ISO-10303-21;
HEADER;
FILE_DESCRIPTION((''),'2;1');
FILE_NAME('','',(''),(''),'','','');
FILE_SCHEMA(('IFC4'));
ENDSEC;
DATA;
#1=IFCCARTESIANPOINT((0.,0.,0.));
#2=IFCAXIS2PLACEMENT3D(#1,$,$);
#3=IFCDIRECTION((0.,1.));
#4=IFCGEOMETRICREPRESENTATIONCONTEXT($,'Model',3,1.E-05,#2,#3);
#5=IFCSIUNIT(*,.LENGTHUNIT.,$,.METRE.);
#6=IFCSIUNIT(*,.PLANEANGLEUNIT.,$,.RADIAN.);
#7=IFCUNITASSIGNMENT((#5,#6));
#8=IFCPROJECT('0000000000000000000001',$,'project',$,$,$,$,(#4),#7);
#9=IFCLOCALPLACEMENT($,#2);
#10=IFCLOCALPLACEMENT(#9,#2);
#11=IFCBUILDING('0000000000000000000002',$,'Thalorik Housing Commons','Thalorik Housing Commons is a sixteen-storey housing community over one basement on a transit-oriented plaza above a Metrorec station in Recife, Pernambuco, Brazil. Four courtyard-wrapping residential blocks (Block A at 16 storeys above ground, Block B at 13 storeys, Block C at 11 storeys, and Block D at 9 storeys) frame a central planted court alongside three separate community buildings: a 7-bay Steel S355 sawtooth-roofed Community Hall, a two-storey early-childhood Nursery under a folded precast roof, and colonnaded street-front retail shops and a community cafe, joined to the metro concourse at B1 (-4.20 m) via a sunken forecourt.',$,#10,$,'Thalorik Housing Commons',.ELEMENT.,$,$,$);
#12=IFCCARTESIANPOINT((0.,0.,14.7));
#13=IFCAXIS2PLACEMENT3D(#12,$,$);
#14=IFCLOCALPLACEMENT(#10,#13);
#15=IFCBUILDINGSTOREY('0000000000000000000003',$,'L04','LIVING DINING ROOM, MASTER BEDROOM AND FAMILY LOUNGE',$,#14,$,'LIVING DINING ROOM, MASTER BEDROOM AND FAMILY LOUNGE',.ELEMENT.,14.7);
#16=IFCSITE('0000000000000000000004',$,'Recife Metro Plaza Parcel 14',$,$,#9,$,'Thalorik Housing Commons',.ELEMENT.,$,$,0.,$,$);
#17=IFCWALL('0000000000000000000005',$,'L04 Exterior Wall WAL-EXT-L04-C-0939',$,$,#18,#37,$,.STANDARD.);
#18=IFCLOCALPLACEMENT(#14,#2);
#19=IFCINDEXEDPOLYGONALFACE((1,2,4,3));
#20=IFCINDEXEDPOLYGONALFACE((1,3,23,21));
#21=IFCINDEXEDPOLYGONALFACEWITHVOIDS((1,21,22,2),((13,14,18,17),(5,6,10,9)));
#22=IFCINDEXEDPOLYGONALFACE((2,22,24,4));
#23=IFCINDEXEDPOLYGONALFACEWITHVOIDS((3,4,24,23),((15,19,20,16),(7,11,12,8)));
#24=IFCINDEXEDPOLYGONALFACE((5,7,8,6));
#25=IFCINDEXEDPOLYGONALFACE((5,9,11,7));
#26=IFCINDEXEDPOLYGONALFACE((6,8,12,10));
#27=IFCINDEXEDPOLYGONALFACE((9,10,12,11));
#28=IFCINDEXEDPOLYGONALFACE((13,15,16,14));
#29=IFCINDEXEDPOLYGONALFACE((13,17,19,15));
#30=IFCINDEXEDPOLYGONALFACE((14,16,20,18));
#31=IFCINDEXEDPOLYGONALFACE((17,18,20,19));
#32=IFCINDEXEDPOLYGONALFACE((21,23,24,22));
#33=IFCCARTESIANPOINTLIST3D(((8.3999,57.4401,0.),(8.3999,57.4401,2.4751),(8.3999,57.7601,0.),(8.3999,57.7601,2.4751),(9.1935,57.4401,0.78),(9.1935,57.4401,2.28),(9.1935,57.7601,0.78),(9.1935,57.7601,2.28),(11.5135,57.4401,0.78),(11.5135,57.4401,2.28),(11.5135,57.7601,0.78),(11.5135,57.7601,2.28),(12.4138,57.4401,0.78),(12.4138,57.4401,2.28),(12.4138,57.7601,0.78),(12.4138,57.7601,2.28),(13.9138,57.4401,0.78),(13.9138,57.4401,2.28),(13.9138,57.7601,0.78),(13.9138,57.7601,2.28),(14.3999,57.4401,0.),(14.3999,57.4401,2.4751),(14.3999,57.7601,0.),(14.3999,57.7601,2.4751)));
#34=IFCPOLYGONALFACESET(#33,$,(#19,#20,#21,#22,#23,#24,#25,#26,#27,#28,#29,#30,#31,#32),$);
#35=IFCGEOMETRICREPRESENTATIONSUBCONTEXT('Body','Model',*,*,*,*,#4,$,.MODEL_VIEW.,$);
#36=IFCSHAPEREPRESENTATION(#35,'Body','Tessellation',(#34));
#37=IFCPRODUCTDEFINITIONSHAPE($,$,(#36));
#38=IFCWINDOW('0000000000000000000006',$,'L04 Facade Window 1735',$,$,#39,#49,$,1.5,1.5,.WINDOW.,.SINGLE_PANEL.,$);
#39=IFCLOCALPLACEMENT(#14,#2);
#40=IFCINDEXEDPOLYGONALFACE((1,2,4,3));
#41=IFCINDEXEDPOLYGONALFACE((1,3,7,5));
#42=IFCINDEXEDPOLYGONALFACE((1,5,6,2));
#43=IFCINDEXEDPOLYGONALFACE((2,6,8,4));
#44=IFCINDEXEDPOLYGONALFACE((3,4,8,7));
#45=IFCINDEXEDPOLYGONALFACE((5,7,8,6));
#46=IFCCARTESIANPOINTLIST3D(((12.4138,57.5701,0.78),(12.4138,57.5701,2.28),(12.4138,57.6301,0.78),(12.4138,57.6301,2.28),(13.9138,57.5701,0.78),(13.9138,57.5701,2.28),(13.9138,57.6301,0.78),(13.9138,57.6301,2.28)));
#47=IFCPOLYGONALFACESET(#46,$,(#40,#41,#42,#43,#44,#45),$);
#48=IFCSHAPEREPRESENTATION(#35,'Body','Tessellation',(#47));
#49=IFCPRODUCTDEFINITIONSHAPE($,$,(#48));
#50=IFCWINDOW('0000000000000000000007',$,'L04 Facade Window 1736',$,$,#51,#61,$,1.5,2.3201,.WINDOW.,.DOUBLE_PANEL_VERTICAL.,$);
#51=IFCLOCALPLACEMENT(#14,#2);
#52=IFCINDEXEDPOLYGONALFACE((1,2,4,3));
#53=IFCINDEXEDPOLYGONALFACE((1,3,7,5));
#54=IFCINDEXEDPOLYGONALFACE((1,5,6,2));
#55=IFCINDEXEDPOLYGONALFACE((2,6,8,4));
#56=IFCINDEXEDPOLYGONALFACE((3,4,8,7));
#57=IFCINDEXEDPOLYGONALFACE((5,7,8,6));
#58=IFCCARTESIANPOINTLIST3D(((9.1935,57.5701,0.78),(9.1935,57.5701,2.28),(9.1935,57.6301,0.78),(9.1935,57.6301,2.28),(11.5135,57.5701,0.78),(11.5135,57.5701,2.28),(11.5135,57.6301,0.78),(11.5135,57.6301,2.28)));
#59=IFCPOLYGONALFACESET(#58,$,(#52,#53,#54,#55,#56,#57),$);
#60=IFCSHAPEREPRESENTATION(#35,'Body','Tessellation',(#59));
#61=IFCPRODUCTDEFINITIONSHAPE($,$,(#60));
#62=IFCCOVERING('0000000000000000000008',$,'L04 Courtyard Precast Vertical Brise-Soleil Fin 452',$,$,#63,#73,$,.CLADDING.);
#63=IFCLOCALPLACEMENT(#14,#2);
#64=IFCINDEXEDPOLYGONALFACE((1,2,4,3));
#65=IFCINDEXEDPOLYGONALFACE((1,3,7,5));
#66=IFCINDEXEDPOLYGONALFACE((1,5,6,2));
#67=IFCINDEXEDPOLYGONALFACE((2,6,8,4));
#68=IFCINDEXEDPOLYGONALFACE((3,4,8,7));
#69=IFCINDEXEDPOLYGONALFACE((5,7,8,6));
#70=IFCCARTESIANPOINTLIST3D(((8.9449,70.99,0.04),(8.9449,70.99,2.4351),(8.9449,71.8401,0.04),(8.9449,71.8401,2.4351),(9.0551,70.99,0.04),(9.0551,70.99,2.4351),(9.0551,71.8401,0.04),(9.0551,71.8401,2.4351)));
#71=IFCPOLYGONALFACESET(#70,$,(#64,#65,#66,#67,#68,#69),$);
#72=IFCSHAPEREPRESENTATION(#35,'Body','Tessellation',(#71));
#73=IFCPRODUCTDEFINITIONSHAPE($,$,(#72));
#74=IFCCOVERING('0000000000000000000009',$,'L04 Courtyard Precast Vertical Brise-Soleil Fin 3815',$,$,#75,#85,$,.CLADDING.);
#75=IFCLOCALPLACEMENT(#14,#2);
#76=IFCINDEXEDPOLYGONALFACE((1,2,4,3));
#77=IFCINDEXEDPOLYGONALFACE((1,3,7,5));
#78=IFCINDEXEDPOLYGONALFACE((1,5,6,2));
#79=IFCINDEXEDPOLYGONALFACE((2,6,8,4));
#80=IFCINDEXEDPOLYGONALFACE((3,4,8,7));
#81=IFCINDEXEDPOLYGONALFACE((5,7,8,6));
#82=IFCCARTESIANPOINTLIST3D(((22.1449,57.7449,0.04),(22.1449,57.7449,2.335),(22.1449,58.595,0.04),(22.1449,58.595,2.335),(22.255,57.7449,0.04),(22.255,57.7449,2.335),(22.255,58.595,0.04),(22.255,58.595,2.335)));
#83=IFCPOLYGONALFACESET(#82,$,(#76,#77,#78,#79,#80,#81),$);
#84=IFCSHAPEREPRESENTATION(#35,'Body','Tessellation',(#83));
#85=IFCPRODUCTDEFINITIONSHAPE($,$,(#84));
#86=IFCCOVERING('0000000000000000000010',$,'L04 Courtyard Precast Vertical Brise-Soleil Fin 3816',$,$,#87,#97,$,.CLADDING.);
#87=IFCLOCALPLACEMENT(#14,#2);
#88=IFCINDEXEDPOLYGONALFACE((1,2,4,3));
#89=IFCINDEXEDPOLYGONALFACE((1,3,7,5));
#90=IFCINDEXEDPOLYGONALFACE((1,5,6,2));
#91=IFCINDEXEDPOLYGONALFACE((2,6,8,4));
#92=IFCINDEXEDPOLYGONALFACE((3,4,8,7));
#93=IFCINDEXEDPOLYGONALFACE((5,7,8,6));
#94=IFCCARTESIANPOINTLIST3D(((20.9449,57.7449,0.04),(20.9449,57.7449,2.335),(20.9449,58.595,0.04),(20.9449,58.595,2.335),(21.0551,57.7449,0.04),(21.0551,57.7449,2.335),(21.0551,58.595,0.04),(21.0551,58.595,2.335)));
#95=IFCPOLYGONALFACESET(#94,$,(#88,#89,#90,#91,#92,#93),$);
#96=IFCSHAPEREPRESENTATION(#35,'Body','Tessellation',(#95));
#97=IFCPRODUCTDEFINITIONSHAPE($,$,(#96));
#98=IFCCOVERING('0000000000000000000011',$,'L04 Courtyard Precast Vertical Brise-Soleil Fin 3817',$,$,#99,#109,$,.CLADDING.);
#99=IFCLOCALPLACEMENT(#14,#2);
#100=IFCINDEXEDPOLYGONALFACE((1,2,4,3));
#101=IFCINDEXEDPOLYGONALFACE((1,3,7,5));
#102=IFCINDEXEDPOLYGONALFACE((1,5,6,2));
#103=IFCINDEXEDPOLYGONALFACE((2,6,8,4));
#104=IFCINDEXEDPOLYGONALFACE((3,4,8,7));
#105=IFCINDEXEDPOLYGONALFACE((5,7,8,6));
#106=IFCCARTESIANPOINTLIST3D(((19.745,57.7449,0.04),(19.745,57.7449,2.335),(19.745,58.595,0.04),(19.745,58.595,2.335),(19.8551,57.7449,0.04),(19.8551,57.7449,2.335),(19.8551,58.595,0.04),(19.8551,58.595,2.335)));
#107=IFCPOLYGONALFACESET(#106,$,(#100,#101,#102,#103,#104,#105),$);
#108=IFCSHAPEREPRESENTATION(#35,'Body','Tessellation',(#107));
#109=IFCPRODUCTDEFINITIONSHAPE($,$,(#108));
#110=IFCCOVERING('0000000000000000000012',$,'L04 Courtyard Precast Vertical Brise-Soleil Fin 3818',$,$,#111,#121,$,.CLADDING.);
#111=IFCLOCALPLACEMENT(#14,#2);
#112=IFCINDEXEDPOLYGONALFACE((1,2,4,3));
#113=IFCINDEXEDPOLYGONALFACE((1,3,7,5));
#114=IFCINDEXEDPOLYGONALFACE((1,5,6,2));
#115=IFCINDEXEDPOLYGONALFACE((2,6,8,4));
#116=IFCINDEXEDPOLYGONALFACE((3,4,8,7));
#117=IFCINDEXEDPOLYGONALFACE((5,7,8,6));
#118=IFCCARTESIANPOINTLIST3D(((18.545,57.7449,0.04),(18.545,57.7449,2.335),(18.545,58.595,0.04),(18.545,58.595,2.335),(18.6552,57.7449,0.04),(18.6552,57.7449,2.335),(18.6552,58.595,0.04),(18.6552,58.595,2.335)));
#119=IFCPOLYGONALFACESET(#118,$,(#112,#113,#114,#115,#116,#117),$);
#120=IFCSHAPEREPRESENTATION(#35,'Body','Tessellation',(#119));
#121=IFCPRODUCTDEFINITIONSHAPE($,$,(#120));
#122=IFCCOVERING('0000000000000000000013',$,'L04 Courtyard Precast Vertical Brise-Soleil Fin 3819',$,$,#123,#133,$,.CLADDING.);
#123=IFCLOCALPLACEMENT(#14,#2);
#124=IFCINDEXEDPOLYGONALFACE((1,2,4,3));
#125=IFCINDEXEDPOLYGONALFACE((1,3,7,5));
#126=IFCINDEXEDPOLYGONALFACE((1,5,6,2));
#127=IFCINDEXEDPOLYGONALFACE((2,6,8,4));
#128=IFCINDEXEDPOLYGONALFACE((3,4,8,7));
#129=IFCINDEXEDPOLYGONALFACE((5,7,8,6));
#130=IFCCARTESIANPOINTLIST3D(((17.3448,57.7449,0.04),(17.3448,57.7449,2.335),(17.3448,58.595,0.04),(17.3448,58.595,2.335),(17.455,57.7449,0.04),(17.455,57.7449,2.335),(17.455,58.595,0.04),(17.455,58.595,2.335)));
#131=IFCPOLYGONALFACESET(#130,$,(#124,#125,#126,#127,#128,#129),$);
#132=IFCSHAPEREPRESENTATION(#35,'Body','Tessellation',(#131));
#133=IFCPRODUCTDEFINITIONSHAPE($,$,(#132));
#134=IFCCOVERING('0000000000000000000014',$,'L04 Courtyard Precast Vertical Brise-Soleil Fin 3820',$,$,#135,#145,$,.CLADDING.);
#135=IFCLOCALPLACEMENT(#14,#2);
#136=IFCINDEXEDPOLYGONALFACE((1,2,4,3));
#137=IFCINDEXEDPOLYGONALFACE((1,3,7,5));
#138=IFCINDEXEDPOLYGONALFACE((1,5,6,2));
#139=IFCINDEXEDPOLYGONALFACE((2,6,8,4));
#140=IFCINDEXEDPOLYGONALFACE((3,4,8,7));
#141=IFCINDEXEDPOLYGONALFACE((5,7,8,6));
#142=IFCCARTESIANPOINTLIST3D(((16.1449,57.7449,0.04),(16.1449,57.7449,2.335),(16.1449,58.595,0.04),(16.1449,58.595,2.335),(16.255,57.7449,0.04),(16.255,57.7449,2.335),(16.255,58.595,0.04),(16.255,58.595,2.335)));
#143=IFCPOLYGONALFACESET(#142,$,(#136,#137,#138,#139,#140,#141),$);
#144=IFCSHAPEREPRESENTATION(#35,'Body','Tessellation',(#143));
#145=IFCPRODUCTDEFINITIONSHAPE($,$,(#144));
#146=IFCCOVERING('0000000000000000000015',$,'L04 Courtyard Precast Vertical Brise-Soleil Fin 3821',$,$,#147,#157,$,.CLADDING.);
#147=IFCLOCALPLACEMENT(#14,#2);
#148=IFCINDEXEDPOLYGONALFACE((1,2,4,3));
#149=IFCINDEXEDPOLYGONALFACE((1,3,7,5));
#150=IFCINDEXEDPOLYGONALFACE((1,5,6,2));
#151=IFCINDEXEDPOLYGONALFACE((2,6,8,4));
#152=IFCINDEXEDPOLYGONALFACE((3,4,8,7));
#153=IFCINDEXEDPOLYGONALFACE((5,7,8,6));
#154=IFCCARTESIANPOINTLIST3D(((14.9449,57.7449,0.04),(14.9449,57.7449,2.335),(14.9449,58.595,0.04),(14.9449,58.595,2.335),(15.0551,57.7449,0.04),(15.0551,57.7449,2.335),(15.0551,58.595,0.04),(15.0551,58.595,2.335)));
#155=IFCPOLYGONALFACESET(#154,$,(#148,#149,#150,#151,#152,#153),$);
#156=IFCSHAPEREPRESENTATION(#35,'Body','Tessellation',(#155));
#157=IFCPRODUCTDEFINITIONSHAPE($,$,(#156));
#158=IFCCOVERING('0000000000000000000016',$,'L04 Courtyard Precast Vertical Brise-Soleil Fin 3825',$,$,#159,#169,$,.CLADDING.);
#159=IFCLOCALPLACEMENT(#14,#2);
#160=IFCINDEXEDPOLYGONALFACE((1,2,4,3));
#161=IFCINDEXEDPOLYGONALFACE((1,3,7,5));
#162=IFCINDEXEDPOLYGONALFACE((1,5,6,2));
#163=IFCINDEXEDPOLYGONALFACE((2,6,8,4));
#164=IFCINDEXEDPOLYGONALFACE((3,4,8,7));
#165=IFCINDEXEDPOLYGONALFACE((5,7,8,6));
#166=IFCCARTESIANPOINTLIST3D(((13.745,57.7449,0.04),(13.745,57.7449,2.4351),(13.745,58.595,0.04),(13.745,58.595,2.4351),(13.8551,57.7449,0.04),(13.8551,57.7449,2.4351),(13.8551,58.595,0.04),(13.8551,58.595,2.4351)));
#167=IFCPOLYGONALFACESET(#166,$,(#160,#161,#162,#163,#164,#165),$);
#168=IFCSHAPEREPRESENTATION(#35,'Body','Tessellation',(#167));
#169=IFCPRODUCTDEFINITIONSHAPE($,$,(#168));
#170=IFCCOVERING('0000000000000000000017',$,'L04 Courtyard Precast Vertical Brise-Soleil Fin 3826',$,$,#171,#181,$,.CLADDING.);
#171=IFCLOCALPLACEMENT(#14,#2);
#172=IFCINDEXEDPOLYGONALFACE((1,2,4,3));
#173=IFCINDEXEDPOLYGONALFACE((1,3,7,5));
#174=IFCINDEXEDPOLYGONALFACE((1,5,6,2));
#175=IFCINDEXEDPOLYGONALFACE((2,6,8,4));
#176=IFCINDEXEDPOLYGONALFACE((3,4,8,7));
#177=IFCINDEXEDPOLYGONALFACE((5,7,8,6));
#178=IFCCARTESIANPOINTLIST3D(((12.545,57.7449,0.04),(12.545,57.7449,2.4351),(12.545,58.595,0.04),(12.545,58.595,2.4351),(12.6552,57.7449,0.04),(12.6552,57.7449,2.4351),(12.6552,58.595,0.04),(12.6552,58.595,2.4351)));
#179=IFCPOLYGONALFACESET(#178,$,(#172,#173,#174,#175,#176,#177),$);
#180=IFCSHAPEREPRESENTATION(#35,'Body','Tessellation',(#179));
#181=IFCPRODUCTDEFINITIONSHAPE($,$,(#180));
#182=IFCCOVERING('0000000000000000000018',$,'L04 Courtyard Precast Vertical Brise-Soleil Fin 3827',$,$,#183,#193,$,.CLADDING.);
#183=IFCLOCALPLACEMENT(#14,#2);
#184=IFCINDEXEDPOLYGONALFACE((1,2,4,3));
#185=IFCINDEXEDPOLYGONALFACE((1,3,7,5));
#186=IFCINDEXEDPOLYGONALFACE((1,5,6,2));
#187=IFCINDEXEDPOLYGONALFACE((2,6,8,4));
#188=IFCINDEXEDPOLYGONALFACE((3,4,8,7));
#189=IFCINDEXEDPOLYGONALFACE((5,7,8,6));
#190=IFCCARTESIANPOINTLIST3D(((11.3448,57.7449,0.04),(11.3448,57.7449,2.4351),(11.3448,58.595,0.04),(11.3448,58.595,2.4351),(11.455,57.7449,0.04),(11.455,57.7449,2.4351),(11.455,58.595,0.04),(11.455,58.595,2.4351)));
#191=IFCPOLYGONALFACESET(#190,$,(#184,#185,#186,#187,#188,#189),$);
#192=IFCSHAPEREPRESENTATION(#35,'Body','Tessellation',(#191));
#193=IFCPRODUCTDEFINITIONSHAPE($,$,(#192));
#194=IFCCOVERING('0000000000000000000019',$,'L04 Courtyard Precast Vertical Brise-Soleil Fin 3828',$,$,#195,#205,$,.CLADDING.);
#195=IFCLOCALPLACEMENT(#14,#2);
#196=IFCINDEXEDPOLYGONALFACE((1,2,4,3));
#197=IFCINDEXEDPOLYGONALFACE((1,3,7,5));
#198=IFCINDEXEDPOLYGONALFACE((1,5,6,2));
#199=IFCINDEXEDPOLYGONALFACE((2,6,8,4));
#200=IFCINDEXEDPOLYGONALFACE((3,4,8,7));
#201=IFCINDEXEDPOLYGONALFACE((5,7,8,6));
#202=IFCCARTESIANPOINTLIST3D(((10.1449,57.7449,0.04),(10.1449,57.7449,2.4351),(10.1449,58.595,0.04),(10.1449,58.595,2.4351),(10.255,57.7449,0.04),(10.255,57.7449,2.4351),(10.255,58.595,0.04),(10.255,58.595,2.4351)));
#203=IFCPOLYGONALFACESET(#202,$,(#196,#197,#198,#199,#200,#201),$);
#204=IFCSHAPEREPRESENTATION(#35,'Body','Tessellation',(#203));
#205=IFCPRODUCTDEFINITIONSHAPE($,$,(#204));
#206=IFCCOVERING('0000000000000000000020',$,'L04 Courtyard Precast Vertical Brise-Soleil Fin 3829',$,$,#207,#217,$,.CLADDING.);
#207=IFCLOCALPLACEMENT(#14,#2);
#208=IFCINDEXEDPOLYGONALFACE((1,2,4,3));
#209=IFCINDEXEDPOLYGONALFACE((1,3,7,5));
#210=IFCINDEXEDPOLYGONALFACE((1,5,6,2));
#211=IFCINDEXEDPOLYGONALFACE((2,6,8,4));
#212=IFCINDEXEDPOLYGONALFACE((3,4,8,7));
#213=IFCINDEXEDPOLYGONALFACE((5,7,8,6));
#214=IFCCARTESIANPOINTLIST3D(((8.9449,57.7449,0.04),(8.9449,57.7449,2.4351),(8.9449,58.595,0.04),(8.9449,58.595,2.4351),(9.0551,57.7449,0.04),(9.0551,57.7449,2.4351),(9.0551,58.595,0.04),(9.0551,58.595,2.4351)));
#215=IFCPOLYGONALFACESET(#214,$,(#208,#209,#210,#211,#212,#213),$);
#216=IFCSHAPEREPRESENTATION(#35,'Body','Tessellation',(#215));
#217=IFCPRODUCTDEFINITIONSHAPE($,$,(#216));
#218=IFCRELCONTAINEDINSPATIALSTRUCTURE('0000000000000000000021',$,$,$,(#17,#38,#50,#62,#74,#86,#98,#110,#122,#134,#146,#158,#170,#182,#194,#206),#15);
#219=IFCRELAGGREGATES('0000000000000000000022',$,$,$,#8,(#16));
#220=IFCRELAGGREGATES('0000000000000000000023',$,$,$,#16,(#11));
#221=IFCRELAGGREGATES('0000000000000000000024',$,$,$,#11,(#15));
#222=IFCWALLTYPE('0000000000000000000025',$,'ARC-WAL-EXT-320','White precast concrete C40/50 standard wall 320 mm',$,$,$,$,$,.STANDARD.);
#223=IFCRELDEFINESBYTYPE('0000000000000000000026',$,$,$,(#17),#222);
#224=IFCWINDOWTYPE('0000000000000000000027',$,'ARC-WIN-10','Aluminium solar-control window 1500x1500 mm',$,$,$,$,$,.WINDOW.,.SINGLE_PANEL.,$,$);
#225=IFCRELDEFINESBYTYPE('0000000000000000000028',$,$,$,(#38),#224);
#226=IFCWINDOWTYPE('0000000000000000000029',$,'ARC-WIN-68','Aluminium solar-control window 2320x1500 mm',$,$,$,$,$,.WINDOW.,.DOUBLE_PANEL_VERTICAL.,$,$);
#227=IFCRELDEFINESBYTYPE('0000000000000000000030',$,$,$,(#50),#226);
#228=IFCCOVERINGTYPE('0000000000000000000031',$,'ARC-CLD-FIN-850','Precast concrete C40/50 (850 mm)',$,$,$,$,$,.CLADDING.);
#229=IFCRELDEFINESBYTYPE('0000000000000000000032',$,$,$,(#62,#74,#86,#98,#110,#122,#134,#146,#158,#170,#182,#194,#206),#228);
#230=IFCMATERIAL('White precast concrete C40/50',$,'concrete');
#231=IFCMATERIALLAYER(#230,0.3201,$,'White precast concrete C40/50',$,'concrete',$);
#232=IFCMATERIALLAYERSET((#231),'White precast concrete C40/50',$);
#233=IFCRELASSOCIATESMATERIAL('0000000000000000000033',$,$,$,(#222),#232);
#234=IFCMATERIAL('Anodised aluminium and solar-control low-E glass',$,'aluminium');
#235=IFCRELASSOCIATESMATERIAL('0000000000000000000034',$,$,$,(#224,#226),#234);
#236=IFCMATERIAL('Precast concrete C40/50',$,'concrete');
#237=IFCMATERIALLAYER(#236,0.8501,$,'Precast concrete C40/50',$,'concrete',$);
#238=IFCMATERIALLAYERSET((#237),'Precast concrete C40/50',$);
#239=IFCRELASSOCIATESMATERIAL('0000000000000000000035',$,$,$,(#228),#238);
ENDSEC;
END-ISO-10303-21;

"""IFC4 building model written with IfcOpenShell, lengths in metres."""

from ifc_helpers import new_model, si_unit, direction, frame, frame_2d, origin, origin_2d, place, context, subcontext, project, spatial, rectangle, extrude, material, layer, layer_set, type_object, element, fill, save


model = new_model("IFC4")

# Units and contexts
model_context = context("Model", 3, precision=1e-05, world=origin(), true_north=direction((0.0, 1.0)))
body_context = subcontext(model_context, "Body", "Model", "MODEL_VIEW")
ifc_project = project(units=[si_unit("LENGTHUNIT", "METRE"), si_unit("PLANEANGLEUNIT", "RADIAN")], contexts=[model_context])

# Site, building, storey
site_placement = place(None, origin())
site = spatial("IfcSite", under=ifc_project, at=site_placement, Name="Recife Metro Plaza Parcel 14", LongName="Thalorik Housing Commons", CompositionType="ELEMENT", RefElevation=0.0)
building_placement = place(site_placement, origin())
building = spatial("IfcBuilding", under=site, at=building_placement, Name="Thalorik Housing Commons", Description="Thalorik Housing Commons is a sixteen-storey housing community over one basement on a transit-oriented plaza above a Metrorec station in Recife, Pernambuco, Brazil. Four courtyard-wrapping residential blocks (Block A at 16 storeys above ground, Block B at 13 storeys, Block C at 11 storeys, and Block D at 9 storeys) frame a central planted court alongside three separate community buildings: a 7-bay Steel S355 sawtooth-roofed Community Hall, a two-storey early-childhood Nursery under a folded precast roof, and colonnaded street-front retail shops and a community cafe, joined to the metro concourse at B1 (-4.20 m) via a sunken forecourt.", LongName="Thalorik Housing Commons", CompositionType="ELEMENT")
storey_placement = place(building_placement, frame((0.0, 0.0, 14.7)))
storey = spatial("IfcBuildingStorey", under=building, at=storey_placement, Name="L04", Description="LIVING DINING ROOM, MASTER BEDROOM AND FAMILY LOUNGE", LongName="LIVING DINING ROOM, MASTER BEDROOM AND FAMILY LOUNGE", CompositionType="ELEMENT", Elevation=14.7)

# Shared definitions
ifc_material_1 = material(Name="Precast concrete C40/50", Category="concrete")

# Wall, openings, windows
ifc_material_2 = material(Name="White precast concrete C40/50", Category="concrete")
ifc_layer_1 = layer(ifc_material_2, 0.3201, Name="White precast concrete C40/50", Category="concrete")
ifc_layer_set_1 = layer_set([ifc_layer_1], Name="White precast concrete C40/50")
wall_type = type_object("IfcWallType", Name="ARC-WAL-EXT-320", Description="White precast concrete C40/50 standard wall 320 mm", PredefinedType="STANDARD", material=ifc_layer_set_1)
ifc_material_3 = material(Name="Anodised aluminium and solar-control low-E glass", Category="aluminium")
wall_1_placement = place(storey_placement, frame((14.3999, 57.6001, 0.0), z_axis=(0.0, 0.0, 1.0), x_axis=(-1.0, 0.0, 0.0)))
wall_1 = element("IfcWall", 1, at=wall_1_placement, inside=storey, type_object=wall_type, Name="L04 Exterior Wall WAL-EXT-L04-C-0939", PredefinedType="STANDARD", context=body_context, shape_type="SweptSolid", body=[
    extrude(rectangle(XDim=6.0, YDim=0.3201, at=frame_2d((3.0, 0.0))), origin(), (0.0, 0.0, 1.0), 2.4751),
])
opening_1_placement = place(wall_1_placement, frame((0.4861, 0.0, 0.78)))
opening_1 = element("IfcOpeningElement", 2, at=opening_1_placement, cuts=wall_1, PredefinedType="OPENING", context=body_context, shape_type="SweptSolid", body=[
    extrude(rectangle(XDim=1.5, YDim=1.5, at=frame_2d((0.75, 0.75))), frame((0.0, 0.1699, 0.0), z_axis=(0.0, -1.0, 0.0), x_axis=(1.0, 0.0, 0.0)), (0.0, 0.0, 1.0), 0.3401),
])
opening_2_placement = place(wall_1_placement, frame((2.8862, 0.0, 0.78)))
opening_2 = element("IfcOpeningElement", 3, at=opening_2_placement, cuts=wall_1, PredefinedType="OPENING", context=body_context, shape_type="SweptSolid", body=[
    extrude(rectangle(XDim=2.3201, YDim=1.5, at=frame_2d((1.1602, 0.75))), frame((0.0, 0.1699, 0.0), z_axis=(0.0, -1.0, 0.0), x_axis=(1.0, 0.0, 0.0)), (0.0, 0.0, 1.0), 0.3401),
])
window_type_1 = type_object("IfcWindowType", Name="ARC-WIN-10", Description="Aluminium solar-control window 1500x1500 mm", PartitioningType="SINGLE_PANEL", PredefinedType="WINDOW", material=ifc_material_3)
window_1_placement = place(opening_1_placement, origin())
window_1 = element("IfcWindow", 4, at=window_1_placement, inside=storey, type_object=window_type_1, Name="L04 Facade Window 1735", OverallHeight=1.5, OverallWidth=1.5, PartitioningType="SINGLE_PANEL", PredefinedType="WINDOW", context=body_context, shape_type="SweptSolid", body=[
    extrude(rectangle(XDim=1.5, YDim=1.5, at=frame_2d((0.75, 0.75))), frame((0.0, 0.03, 0.0), z_axis=(0.0, -1.0, 0.0), x_axis=(1.0, 0.0, 0.0)), (0.0, 0.0, 1.0), 0.0601),
])
fill(opening_1, window_1)
window_type_2 = type_object("IfcWindowType", Name="ARC-WIN-68", Description="Aluminium solar-control window 2320x1500 mm", PartitioningType="DOUBLE_PANEL_VERTICAL", PredefinedType="WINDOW", material=ifc_material_3)
window_2_placement = place(opening_2_placement, origin())
window_2 = element("IfcWindow", 5, at=window_2_placement, inside=storey, type_object=window_type_2, Name="L04 Facade Window 1736", OverallHeight=1.5, OverallWidth=2.3201, PartitioningType="DOUBLE_PANEL_VERTICAL", PredefinedType="WINDOW", context=body_context, shape_type="SweptSolid", body=[
    extrude(rectangle(XDim=2.3201, YDim=1.5, at=frame_2d((1.1602, 0.75))), frame((0.0, 0.03, 0.0), z_axis=(0.0, -1.0, 0.0), x_axis=(1.0, 0.0, 0.0)), (0.0, 0.0, 1.0), 0.0601),
])
fill(opening_2, window_2)

# Coverings
ifc_layer_2 = layer(ifc_material_1, 0.8501, Name="Precast concrete C40/50", Category="concrete")
ifc_layer_set_2 = layer_set([ifc_layer_2], Name="Precast concrete C40/50")
covering_type_1 = type_object("IfcCoveringType", Name="ARC-CLD-FIN-850", Description="Precast concrete C40/50 (850 mm)", PredefinedType="CLADDING", material=ifc_layer_set_2)
covering_1_placement = place(storey_placement, frame((9.0, 71.415, 0.04), z_axis=(0.0, 0.0, 1.0), x_axis=(1.0, 0.0, 0.0)))
element("IfcCovering", 6, at=covering_1_placement, inside=storey, type_object=covering_type_1, Name="L04 Courtyard Precast Vertical Brise-Soleil Fin 452", PredefinedType="CLADDING", context=body_context, shape_type="SweptSolid", body=[
    extrude(rectangle(XDim=0.1101, YDim=0.8501, at=origin_2d()), origin(), (0.0, 0.0, 1.0), 2.395),
])
for number, where, z_axis, x_axis, name in (
    (7, (22.2, 58.1699, 0.04), (0.0, 0.0, 1.0), (-1.0, 0.0, 0.0), "L04 Courtyard Precast Vertical Brise-Soleil Fin 3815"),
    (8, (21.0, 58.1699, 0.04), (0.0, 0.0, 1.0), (-1.0, 0.0, 0.0), "L04 Courtyard Precast Vertical Brise-Soleil Fin 3816"),
    (9, (19.8, 58.1699, 0.04), (0.0, 0.0, 1.0), (-1.0, 0.0, 0.0), "L04 Courtyard Precast Vertical Brise-Soleil Fin 3817"),
    (10, (18.6001, 58.1699, 0.04), (0.0, 0.0, 1.0), (-1.0, 0.0, 0.0), "L04 Courtyard Precast Vertical Brise-Soleil Fin 3818"),
    (11, (17.3999, 58.1699, 0.04), (0.0, 0.0, 1.0), (-1.0, 0.0, 0.0), "L04 Courtyard Precast Vertical Brise-Soleil Fin 3819"),
    (12, (16.2, 58.1699, 0.04), (0.0, 0.0, 1.0), (-1.0, 0.0, 0.0), "L04 Courtyard Precast Vertical Brise-Soleil Fin 3820"),
    (13, (15.0, 58.1699, 0.04), (0.0, 0.0, 1.0), (-1.0, 0.0, 0.0), "L04 Courtyard Precast Vertical Brise-Soleil Fin 3821"),
):
    element("IfcCovering", number, at=place(storey_placement, frame(where, z_axis=z_axis, x_axis=x_axis)), inside=storey, type_object=covering_type_1, Name=name, PredefinedType="CLADDING", context=body_context, shape_type="SweptSolid", body=[
        extrude(rectangle(XDim=0.1101, YDim=0.8501, at=origin_2d()), origin(), (0.0, 0.0, 1.0), 2.2949),
    ])
for number, where, z_axis, x_axis, name in (
    (14, (13.8, 58.1699, 0.04), (0.0, 0.0, 1.0), (-1.0, 0.0, 0.0), "L04 Courtyard Precast Vertical Brise-Soleil Fin 3825"),
    (15, (12.6001, 58.1699, 0.04), (0.0, 0.0, 1.0), (-1.0, 0.0, 0.0), "L04 Courtyard Precast Vertical Brise-Soleil Fin 3826"),
    (16, (11.3999, 58.1699, 0.04), (0.0, 0.0, 1.0), (-1.0, 0.0, 0.0), "L04 Courtyard Precast Vertical Brise-Soleil Fin 3827"),
    (17, (10.2, 58.1699, 0.04), (0.0, 0.0, 1.0), (-1.0, 0.0, 0.0), "L04 Courtyard Precast Vertical Brise-Soleil Fin 3828"),
    (18, (9.0, 58.1699, 0.04), (0.0, 0.0, 1.0), (-1.0, 0.0, 0.0), "L04 Courtyard Precast Vertical Brise-Soleil Fin 3829"),
):
    element("IfcCovering", number, at=place(storey_placement, frame(where, z_axis=z_axis, x_axis=x_axis)), inside=storey, type_object=covering_type_1, Name=name, PredefinedType="CLADDING", context=body_context, shape_type="SweptSolid", body=[
        extrude(rectangle(XDim=0.1101, YDim=0.8501, at=origin_2d()), origin(), (0.0, 0.0, 1.0), 2.395),
    ])

save(model, "model.ifc")
